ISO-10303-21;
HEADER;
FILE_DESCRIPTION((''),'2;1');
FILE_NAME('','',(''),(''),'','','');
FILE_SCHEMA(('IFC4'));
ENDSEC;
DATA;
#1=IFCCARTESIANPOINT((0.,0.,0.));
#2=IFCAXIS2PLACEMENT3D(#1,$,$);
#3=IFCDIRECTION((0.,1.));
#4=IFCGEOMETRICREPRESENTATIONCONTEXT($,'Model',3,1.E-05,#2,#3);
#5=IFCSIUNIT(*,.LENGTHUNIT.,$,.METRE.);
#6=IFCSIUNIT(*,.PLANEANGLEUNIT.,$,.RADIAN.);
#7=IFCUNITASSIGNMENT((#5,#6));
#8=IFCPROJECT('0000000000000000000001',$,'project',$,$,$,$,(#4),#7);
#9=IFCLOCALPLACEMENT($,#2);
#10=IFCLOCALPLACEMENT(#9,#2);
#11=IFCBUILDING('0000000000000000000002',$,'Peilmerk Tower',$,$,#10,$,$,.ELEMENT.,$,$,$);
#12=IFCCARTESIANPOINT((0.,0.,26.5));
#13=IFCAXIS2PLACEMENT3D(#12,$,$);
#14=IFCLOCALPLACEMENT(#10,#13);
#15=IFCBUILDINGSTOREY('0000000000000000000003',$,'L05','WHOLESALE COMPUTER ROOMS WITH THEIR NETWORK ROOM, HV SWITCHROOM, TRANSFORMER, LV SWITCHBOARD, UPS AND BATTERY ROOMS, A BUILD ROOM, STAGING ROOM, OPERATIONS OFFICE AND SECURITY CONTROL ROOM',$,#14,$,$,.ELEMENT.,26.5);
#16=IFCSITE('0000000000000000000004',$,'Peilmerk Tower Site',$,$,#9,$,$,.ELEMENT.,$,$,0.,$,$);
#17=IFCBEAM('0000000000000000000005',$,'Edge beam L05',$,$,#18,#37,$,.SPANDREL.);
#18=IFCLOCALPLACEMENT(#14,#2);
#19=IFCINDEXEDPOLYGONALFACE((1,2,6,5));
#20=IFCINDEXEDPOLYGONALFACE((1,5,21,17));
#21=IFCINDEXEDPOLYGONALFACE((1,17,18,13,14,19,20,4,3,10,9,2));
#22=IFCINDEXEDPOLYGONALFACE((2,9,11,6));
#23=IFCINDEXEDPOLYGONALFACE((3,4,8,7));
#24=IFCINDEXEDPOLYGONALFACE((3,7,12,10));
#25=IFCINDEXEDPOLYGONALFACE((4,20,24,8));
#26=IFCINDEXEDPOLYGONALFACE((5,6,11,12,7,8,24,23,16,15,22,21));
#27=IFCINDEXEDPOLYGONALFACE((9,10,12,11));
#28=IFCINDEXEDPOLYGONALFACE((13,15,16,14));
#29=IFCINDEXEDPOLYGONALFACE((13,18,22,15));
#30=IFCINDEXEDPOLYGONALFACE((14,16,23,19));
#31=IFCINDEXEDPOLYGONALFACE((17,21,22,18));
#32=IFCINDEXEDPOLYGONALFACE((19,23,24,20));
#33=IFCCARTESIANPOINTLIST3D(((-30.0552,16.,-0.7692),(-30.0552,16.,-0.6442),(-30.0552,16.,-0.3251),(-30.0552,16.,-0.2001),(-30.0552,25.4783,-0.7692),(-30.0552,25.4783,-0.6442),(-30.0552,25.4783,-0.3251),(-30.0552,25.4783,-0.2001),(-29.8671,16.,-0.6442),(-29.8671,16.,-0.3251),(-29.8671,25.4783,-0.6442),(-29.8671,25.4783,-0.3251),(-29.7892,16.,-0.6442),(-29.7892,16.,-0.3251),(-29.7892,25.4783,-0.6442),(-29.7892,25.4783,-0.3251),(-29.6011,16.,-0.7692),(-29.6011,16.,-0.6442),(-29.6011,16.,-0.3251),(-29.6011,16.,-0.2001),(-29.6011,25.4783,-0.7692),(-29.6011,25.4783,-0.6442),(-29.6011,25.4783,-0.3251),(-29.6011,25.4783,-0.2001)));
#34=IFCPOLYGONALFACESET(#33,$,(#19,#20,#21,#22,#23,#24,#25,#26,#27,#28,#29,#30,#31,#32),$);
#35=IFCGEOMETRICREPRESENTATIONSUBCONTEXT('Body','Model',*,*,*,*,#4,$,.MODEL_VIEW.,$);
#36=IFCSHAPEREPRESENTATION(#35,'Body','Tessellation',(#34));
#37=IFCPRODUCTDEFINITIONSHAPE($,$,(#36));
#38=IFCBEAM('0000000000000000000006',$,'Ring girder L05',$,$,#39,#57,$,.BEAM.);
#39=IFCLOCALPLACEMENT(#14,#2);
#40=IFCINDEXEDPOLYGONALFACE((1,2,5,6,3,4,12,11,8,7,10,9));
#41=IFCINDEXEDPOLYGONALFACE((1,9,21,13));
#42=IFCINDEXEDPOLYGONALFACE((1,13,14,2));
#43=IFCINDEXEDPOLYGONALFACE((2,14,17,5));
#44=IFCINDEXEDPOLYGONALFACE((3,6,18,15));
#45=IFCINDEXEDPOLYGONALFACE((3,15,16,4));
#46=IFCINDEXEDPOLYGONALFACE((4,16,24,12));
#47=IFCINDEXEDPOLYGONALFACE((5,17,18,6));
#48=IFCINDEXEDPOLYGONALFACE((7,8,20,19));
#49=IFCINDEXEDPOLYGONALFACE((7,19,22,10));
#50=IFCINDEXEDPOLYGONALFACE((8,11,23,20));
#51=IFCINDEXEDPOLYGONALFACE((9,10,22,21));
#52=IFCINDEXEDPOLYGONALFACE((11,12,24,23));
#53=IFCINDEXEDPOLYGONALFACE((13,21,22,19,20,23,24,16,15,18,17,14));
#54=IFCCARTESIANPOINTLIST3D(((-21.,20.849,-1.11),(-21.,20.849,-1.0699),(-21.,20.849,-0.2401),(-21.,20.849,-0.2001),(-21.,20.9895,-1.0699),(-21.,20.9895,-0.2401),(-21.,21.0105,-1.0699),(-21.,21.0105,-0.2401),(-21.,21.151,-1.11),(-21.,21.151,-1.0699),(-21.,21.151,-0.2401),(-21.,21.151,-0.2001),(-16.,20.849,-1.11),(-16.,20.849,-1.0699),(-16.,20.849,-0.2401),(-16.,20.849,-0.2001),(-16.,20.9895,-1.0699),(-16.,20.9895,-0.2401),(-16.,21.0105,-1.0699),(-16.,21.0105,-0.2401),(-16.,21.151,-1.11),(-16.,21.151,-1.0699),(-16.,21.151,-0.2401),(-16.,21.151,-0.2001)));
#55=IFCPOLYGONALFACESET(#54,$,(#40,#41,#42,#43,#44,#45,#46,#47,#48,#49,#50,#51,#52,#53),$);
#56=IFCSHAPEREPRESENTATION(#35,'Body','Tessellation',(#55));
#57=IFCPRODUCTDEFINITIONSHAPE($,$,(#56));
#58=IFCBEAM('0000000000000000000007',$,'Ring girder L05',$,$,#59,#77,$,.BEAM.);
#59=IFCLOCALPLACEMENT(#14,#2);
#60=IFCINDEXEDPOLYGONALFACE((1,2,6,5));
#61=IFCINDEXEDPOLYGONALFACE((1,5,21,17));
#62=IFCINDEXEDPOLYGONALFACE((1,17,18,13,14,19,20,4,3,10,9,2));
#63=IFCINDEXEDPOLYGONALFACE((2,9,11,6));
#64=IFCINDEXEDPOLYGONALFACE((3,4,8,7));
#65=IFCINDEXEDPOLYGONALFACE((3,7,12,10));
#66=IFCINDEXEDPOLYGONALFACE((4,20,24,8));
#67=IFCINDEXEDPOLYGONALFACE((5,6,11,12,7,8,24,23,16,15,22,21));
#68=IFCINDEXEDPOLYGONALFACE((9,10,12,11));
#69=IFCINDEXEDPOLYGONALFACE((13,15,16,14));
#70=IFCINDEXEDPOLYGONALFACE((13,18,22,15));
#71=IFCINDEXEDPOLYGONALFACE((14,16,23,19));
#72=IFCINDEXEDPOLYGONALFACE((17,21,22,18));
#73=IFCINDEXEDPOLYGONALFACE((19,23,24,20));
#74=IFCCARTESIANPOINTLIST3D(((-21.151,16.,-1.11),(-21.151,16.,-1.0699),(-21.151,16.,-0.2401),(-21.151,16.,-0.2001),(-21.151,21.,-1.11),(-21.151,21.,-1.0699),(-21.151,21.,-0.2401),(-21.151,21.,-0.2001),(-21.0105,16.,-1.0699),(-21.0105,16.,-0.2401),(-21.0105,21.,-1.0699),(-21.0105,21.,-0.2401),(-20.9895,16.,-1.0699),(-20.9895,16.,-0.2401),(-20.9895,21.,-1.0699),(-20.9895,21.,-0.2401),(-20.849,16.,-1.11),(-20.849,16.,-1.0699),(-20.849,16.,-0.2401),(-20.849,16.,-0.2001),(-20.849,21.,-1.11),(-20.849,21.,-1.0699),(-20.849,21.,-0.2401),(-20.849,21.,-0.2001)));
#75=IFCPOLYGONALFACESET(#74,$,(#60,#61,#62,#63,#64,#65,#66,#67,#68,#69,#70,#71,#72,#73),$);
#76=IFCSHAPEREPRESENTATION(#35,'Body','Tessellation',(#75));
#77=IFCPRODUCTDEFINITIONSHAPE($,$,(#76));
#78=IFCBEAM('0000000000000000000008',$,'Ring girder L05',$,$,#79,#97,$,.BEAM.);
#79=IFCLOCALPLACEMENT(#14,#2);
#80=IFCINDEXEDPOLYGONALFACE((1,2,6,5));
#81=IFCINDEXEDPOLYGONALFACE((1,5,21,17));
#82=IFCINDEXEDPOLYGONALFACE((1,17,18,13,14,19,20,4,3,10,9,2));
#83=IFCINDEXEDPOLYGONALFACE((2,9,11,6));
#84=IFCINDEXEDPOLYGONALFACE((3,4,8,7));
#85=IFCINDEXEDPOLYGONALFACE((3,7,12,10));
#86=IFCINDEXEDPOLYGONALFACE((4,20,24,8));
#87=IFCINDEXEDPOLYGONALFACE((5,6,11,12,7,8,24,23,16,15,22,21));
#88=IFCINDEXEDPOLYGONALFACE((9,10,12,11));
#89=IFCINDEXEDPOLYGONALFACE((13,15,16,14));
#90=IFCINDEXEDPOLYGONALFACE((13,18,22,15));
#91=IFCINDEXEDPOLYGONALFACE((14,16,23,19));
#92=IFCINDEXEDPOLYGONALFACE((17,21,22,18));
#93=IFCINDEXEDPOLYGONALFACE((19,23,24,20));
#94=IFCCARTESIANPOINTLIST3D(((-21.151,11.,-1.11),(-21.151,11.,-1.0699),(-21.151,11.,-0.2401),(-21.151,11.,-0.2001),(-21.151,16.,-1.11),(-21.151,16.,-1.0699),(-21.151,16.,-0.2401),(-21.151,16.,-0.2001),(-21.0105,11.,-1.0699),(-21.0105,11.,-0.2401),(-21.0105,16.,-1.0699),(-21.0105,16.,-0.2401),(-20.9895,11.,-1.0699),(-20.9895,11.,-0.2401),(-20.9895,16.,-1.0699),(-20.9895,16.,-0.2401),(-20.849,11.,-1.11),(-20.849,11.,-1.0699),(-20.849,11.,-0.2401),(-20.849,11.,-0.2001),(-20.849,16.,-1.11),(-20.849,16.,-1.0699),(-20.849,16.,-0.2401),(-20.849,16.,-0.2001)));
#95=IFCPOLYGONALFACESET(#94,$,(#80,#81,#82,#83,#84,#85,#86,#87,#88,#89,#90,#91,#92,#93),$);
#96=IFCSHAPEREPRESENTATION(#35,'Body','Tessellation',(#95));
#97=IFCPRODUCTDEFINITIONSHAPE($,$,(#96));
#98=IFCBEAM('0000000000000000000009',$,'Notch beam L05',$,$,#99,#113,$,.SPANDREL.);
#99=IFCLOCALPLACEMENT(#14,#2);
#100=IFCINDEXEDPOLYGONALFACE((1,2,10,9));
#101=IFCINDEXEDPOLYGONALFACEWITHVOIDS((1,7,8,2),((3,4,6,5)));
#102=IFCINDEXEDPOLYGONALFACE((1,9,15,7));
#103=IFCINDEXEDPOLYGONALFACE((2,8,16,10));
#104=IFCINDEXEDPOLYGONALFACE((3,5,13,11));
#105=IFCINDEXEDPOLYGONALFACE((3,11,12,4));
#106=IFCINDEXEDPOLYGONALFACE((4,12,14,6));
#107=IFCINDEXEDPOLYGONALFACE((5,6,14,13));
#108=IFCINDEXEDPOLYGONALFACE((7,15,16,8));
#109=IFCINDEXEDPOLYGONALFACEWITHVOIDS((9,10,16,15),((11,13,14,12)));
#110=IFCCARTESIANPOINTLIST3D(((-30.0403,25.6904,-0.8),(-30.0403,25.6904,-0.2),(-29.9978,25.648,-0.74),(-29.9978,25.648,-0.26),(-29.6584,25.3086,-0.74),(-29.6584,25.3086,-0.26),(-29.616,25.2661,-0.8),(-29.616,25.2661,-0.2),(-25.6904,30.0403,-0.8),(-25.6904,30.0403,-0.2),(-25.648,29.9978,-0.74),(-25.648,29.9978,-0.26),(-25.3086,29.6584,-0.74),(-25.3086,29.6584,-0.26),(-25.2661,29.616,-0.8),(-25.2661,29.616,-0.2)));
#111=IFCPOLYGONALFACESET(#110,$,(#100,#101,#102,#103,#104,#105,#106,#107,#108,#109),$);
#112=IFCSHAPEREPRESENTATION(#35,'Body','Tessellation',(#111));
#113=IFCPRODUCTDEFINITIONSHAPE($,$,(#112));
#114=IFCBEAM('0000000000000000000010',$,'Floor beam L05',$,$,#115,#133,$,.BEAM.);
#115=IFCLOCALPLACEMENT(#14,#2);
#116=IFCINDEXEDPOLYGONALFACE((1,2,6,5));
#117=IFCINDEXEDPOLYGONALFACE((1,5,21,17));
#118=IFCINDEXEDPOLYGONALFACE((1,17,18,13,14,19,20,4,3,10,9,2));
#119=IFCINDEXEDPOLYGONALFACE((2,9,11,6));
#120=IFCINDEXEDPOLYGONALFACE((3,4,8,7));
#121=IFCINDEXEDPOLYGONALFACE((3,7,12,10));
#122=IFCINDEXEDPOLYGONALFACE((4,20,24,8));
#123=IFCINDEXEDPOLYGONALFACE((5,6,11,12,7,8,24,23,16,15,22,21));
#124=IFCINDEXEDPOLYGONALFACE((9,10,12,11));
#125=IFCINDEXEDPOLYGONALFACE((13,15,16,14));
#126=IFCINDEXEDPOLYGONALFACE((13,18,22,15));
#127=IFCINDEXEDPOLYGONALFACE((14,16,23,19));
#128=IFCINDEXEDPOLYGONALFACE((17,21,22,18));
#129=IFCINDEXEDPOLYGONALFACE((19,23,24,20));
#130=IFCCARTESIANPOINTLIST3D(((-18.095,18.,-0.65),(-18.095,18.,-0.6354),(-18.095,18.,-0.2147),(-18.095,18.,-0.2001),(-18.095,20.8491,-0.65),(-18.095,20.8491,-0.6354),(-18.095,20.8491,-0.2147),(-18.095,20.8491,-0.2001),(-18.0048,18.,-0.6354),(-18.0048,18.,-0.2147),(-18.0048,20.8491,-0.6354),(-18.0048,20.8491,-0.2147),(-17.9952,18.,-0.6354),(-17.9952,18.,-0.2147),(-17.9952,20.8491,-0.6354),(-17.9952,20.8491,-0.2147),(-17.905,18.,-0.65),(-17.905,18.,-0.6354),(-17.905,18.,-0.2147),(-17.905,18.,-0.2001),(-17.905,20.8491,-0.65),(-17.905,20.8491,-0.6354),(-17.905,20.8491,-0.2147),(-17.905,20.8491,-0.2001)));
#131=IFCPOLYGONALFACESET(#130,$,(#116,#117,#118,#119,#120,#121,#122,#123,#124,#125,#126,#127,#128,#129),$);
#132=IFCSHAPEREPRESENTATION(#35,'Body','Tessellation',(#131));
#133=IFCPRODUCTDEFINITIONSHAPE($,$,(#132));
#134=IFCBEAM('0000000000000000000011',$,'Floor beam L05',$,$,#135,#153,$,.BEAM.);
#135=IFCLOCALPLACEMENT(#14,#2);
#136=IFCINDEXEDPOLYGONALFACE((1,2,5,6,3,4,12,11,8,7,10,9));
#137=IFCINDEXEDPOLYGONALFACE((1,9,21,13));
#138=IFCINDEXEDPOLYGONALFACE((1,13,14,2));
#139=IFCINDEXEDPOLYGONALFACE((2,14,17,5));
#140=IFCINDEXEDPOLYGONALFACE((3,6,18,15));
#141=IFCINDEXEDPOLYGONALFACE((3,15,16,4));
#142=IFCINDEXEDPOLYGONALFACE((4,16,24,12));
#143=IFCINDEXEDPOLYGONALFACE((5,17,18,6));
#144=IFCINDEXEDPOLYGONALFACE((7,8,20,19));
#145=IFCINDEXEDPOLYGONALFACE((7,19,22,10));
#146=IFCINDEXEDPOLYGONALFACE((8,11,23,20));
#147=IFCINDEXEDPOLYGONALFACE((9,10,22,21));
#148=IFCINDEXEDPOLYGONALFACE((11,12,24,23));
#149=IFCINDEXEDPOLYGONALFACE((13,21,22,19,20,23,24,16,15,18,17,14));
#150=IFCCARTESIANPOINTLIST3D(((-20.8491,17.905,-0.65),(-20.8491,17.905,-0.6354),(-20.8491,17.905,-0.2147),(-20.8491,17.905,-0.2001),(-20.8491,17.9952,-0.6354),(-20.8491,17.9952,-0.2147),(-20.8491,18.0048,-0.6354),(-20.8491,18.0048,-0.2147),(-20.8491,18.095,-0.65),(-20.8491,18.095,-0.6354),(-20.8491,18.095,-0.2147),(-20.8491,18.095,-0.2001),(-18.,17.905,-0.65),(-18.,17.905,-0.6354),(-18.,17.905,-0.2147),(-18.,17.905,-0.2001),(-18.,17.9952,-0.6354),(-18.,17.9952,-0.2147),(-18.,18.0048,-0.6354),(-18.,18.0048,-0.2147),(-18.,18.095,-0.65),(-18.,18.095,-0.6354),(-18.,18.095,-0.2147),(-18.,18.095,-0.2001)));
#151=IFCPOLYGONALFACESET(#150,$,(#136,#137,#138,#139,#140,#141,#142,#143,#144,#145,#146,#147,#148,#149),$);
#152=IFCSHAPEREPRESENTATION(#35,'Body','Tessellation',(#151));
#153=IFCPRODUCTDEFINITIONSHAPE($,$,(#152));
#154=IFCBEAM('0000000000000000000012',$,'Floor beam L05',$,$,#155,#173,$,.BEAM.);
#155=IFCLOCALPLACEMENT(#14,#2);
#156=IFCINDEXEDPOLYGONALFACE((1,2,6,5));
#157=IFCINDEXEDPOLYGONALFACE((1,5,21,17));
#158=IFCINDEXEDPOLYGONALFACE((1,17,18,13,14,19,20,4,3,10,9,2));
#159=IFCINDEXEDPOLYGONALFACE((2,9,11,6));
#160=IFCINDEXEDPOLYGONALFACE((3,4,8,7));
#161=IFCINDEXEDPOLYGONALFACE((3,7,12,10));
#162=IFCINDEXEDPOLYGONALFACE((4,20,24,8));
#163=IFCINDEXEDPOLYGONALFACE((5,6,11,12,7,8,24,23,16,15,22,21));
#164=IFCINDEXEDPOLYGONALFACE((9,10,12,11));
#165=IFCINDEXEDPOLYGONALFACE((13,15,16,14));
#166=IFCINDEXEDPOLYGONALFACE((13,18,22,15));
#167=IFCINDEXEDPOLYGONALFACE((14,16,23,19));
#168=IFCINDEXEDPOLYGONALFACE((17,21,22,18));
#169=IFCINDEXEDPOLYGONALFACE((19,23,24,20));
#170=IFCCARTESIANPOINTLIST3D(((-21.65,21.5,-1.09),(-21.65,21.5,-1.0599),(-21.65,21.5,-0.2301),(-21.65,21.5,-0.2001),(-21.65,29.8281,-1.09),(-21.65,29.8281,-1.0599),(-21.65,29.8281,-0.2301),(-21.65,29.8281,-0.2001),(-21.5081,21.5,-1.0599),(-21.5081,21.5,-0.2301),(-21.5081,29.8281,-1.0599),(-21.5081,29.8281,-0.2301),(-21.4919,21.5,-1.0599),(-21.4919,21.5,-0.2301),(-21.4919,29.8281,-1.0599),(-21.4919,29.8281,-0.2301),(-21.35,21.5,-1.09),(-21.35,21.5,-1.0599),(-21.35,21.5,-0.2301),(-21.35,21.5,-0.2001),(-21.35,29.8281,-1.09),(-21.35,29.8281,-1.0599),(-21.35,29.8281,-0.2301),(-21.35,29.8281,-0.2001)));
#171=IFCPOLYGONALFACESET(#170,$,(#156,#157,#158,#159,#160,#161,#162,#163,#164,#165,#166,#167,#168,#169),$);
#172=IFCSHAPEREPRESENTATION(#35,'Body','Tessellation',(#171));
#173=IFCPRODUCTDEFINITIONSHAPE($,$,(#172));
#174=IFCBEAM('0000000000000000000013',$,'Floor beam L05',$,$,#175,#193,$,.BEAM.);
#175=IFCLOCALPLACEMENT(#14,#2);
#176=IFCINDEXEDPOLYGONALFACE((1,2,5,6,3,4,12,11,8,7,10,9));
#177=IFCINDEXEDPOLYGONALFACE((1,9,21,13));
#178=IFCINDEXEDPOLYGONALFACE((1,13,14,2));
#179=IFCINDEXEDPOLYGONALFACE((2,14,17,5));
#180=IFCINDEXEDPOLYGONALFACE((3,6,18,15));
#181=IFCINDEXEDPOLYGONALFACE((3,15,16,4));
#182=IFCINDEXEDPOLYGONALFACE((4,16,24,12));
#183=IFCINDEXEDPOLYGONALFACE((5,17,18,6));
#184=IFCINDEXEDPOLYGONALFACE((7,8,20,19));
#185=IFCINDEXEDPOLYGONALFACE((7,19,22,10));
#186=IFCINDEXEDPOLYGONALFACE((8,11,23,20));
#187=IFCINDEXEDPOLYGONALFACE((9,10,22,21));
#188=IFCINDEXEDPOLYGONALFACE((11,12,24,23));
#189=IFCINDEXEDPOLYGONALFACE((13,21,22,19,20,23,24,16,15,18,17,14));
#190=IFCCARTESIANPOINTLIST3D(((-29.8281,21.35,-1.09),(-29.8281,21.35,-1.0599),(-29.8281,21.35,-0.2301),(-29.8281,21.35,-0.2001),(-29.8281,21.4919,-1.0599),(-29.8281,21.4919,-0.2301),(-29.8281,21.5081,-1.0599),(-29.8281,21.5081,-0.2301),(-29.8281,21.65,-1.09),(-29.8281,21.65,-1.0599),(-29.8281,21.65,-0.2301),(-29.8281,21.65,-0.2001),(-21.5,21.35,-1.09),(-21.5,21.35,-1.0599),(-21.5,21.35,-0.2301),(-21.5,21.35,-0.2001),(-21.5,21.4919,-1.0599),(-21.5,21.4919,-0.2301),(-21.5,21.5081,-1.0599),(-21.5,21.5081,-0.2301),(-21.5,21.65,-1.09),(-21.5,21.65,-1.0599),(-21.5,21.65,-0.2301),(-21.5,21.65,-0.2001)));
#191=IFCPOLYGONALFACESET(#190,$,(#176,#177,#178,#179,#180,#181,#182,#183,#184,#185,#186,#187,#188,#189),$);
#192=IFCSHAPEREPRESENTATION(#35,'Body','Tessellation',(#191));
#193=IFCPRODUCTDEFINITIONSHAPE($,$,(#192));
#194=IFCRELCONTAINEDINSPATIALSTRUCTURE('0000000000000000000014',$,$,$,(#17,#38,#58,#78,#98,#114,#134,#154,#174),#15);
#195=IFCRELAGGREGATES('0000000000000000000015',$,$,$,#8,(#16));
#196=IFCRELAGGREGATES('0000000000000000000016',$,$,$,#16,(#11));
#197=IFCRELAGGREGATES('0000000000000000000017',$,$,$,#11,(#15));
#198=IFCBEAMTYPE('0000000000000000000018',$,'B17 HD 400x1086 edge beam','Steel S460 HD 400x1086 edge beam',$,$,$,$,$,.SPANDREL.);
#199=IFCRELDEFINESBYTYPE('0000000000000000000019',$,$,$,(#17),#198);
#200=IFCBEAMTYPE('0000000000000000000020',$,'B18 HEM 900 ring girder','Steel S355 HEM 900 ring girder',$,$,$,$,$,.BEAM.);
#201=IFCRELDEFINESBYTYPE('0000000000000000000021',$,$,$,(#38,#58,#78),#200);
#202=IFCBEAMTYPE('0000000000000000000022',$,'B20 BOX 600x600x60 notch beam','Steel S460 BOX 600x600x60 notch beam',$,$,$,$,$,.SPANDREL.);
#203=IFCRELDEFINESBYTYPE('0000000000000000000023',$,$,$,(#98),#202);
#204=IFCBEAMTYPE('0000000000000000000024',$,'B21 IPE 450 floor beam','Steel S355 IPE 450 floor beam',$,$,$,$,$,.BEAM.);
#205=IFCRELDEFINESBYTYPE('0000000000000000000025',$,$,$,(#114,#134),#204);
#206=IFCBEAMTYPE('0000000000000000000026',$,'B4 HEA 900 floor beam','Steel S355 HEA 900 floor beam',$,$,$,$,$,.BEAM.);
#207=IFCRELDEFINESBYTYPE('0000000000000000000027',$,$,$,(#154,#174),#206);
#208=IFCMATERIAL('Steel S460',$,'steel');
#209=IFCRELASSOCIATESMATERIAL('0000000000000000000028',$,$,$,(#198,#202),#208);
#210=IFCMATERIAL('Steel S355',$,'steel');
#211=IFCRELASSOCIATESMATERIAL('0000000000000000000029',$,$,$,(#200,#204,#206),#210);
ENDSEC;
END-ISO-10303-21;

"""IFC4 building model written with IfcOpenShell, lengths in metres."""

from ifc_helpers import new_model, si_unit, direction, frame, origin, origin_2d, place, context, subcontext, project, spatial, hollow_rectangle, i_section, extrude, material, material_profile, profile_set, type_object, element, save


model = new_model("IFC4")

# Units and contexts
model_context = context("Model", 3, precision=1e-05, world=origin(), true_north=direction((0.0, 1.0)))
body_context = subcontext(model_context, "Body", "Model", "MODEL_VIEW")
ifc_project = project(units=[si_unit("LENGTHUNIT", "METRE"), si_unit("PLANEANGLEUNIT", "RADIAN")], contexts=[model_context])

# Site, building, storey
site_placement = place(None, origin())
site = spatial("IfcSite", under=ifc_project, at=site_placement, Name="Peilmerk Tower Site", CompositionType="ELEMENT", RefElevation=0.0)
building_placement = place(site_placement, origin())
building = spatial("IfcBuilding", under=site, at=building_placement, Name="Peilmerk Tower", CompositionType="ELEMENT")
storey_placement = place(building_placement, frame((0.0, 0.0, 26.5)))
storey = spatial("IfcBuildingStorey", under=building, at=storey_placement, Name="L05", Description="WHOLESALE COMPUTER ROOMS WITH THEIR NETWORK ROOM, HV SWITCHROOM, TRANSFORMER, LV SWITCHBOARD, UPS AND BATTERY ROOMS, A BUILD ROOM, STAGING ROOM, OPERATIONS OFFICE AND SECURITY CONTROL ROOM", CompositionType="ELEMENT", Elevation=26.5)

# Beams
ifc_material_1 = material(Name="Steel S355", Category="steel")
ifc_material_2 = material(Name="Steel S460", Category="steel")
ifc_material_profile_1 = material_profile(ifc_material_2, i_section(OverallWidth=0.4541, OverallDepth=0.5691, WebThickness=0.0779, FlangeThickness=0.125, at=origin_2d()), Name="HD 400x1086")
ifc_profile_set_1 = profile_set([ifc_material_profile_1], Name="Steel S460")
beam_type_1 = type_object("IfcBeamType", Name="B17 HD 400x1086 edge beam", Description="Steel S460 HD 400x1086 edge beam", PredefinedType="SPANDREL", material=ifc_profile_set_1)
for number, where, z_axis, x_axis, name in (
    (1, (-29.8281, 25.4783, -0.4846), (0.0, -1.0, 0.0), (1.0, 0.0, 0.0), "Edge beam L05"),
):
    element("IfcBeam", number, at=place(storey_placement, frame(where, z_axis=z_axis, x_axis=x_axis)), inside=storey, type_object=beam_type_1, Name=name, PredefinedType="SPANDREL", context=body_context, shape_type="SweptSolid", body=[
        extrude(i_section(OverallWidth=0.4541, OverallDepth=0.5691, WebThickness=0.0779, FlangeThickness=0.125, at=origin_2d()), origin(), (0.0, 0.0, 1.0), 9.4783),
    ])
ifc_material_profile_2 = material_profile(ifc_material_1, i_section(OverallWidth=0.302, OverallDepth=0.9099, WebThickness=0.021, FlangeThickness=0.04, at=origin_2d()), Name="HEM 900")
ifc_profile_set_2 = profile_set([ifc_material_profile_2], Name="Steel S355")
beam_type_2 = type_object("IfcBeamType", Name="B18 HEM 900 ring girder", Description="Steel S355 HEM 900 ring girder", PredefinedType="BEAM", material=ifc_profile_set_2)
for number, where, z_axis, x_axis, name in (
    (2, (-16.0, 21.0, -0.655), (-1.0, 0.0, 0.0), (0.0, -1.0, 0.0), "Ring girder L05"),
    (3, (-21.0, 21.0, -0.655), (0.0, -1.0, 0.0), (1.0, 0.0, 0.0), "Ring girder L05"),
    (4, (-21.0, 16.0, -0.655), (0.0, -1.0, 0.0), (1.0, 0.0, 0.0), "Ring girder L05"),
):
    element("IfcBeam", number, at=place(storey_placement, frame(where, z_axis=z_axis, x_axis=x_axis)), inside=storey, type_object=beam_type_2, Name=name, PredefinedType="BEAM", context=body_context, shape_type="SweptSolid", body=[
        extrude(i_section(OverallWidth=0.302, OverallDepth=0.9099, WebThickness=0.021, FlangeThickness=0.04, at=origin_2d()), origin(), (0.0, 0.0, 1.0), 5.0),
    ])
ifc_material_profile_3 = material_profile(ifc_material_2, hollow_rectangle(XDim=0.6001, YDim=0.6001, WallThickness=0.0601, at=origin_2d()), Name="BOX 600x600x60")
ifc_profile_set_3 = profile_set([ifc_material_profile_3], Name="Steel S460")
beam_type_3 = type_object("IfcBeamType", Name="B20 BOX 600x600x60 notch beam", Description="Steel S460 BOX 600x600x60 notch beam", PredefinedType="SPANDREL", material=ifc_profile_set_3)
beam_1_placement = place(storey_placement, frame((-29.8281, 25.4783, -0.5), z_axis=(0.707107, 0.707107, 0.0), x_axis=(-0.707107, 0.707107, 0.0)))
element("IfcBeam", 5, at=beam_1_placement, inside=storey, type_object=beam_type_3, Name="Notch beam L05", PredefinedType="SPANDREL", context=body_context, shape_type="SweptSolid", body=[
    extrude(hollow_rectangle(XDim=0.6001, YDim=0.6001, WallThickness=0.0601, at=origin_2d()), origin(), (0.0, 0.0, 1.0), 6.1516),
])
ifc_material_profile_4 = material_profile(ifc_material_1, i_section(OverallWidth=0.1899, OverallDepth=0.45, WebThickness=0.0095, FlangeThickness=0.0146, at=origin_2d()), Name="IPE 450")
ifc_profile_set_4 = profile_set([ifc_material_profile_4], Name="Steel S355")
beam_type_4 = type_object("IfcBeamType", Name="B21 IPE 450 floor beam", Description="Steel S355 IPE 450 floor beam", PredefinedType="BEAM", material=ifc_profile_set_4)
for number, where, z_axis, x_axis, name in (
    (6, (-18.0, 18.0, -0.425), (0.0, 1.0, 0.0), (-1.0, 0.0, 0.0), "Floor beam L05"),
    (7, (-18.0, 18.0, -0.425), (-1.0, 0.0, 0.0), (0.0, -1.0, 0.0), "Floor beam L05"),
):
    element("IfcBeam", number, at=place(storey_placement, frame(where, z_axis=z_axis, x_axis=x_axis)), inside=storey, type_object=beam_type_4, Name=name, PredefinedType="BEAM", context=body_context, shape_type="SweptSolid", body=[
        extrude(i_section(OverallWidth=0.1899, OverallDepth=0.45, WebThickness=0.0095, FlangeThickness=0.0146, at=origin_2d()), origin(), (0.0, 0.0, 1.0), 2.8491),
    ])
ifc_material_profile_5 = material_profile(ifc_material_1, i_section(OverallWidth=0.3, OverallDepth=0.8899, WebThickness=0.0161, FlangeThickness=0.03, at=origin_2d()), Name="HEA 900")
ifc_profile_set_5 = profile_set([ifc_material_profile_5], Name="Steel S355")
beam_type_5 = type_object("IfcBeamType", Name="B4 HEA 900 floor beam", Description="Steel S355 HEA 900 floor beam", PredefinedType="BEAM", material=ifc_profile_set_5)
for number, where, z_axis, x_axis, name in (
    (8, (-21.5, 21.5, -0.645), (0.0, 1.0, 0.0), (-1.0, 0.0, 0.0), "Floor beam L05"),
    (9, (-21.5, 21.5, -0.645), (-1.0, 0.0, 0.0), (0.0, -1.0, 0.0), "Floor beam L05"),
):
    element("IfcBeam", number, at=place(storey_placement, frame(where, z_axis=z_axis, x_axis=x_axis)), inside=storey, type_object=beam_type_5, Name=name, PredefinedType="BEAM", context=body_context, shape_type="SweptSolid", body=[
        extrude(i_section(OverallWidth=0.3, OverallDepth=0.8899, WebThickness=0.0161, FlangeThickness=0.03, at=origin_2d()), origin(), (0.0, 0.0, 1.0), 8.3281),
    ])

save(model, "model.ifc")
